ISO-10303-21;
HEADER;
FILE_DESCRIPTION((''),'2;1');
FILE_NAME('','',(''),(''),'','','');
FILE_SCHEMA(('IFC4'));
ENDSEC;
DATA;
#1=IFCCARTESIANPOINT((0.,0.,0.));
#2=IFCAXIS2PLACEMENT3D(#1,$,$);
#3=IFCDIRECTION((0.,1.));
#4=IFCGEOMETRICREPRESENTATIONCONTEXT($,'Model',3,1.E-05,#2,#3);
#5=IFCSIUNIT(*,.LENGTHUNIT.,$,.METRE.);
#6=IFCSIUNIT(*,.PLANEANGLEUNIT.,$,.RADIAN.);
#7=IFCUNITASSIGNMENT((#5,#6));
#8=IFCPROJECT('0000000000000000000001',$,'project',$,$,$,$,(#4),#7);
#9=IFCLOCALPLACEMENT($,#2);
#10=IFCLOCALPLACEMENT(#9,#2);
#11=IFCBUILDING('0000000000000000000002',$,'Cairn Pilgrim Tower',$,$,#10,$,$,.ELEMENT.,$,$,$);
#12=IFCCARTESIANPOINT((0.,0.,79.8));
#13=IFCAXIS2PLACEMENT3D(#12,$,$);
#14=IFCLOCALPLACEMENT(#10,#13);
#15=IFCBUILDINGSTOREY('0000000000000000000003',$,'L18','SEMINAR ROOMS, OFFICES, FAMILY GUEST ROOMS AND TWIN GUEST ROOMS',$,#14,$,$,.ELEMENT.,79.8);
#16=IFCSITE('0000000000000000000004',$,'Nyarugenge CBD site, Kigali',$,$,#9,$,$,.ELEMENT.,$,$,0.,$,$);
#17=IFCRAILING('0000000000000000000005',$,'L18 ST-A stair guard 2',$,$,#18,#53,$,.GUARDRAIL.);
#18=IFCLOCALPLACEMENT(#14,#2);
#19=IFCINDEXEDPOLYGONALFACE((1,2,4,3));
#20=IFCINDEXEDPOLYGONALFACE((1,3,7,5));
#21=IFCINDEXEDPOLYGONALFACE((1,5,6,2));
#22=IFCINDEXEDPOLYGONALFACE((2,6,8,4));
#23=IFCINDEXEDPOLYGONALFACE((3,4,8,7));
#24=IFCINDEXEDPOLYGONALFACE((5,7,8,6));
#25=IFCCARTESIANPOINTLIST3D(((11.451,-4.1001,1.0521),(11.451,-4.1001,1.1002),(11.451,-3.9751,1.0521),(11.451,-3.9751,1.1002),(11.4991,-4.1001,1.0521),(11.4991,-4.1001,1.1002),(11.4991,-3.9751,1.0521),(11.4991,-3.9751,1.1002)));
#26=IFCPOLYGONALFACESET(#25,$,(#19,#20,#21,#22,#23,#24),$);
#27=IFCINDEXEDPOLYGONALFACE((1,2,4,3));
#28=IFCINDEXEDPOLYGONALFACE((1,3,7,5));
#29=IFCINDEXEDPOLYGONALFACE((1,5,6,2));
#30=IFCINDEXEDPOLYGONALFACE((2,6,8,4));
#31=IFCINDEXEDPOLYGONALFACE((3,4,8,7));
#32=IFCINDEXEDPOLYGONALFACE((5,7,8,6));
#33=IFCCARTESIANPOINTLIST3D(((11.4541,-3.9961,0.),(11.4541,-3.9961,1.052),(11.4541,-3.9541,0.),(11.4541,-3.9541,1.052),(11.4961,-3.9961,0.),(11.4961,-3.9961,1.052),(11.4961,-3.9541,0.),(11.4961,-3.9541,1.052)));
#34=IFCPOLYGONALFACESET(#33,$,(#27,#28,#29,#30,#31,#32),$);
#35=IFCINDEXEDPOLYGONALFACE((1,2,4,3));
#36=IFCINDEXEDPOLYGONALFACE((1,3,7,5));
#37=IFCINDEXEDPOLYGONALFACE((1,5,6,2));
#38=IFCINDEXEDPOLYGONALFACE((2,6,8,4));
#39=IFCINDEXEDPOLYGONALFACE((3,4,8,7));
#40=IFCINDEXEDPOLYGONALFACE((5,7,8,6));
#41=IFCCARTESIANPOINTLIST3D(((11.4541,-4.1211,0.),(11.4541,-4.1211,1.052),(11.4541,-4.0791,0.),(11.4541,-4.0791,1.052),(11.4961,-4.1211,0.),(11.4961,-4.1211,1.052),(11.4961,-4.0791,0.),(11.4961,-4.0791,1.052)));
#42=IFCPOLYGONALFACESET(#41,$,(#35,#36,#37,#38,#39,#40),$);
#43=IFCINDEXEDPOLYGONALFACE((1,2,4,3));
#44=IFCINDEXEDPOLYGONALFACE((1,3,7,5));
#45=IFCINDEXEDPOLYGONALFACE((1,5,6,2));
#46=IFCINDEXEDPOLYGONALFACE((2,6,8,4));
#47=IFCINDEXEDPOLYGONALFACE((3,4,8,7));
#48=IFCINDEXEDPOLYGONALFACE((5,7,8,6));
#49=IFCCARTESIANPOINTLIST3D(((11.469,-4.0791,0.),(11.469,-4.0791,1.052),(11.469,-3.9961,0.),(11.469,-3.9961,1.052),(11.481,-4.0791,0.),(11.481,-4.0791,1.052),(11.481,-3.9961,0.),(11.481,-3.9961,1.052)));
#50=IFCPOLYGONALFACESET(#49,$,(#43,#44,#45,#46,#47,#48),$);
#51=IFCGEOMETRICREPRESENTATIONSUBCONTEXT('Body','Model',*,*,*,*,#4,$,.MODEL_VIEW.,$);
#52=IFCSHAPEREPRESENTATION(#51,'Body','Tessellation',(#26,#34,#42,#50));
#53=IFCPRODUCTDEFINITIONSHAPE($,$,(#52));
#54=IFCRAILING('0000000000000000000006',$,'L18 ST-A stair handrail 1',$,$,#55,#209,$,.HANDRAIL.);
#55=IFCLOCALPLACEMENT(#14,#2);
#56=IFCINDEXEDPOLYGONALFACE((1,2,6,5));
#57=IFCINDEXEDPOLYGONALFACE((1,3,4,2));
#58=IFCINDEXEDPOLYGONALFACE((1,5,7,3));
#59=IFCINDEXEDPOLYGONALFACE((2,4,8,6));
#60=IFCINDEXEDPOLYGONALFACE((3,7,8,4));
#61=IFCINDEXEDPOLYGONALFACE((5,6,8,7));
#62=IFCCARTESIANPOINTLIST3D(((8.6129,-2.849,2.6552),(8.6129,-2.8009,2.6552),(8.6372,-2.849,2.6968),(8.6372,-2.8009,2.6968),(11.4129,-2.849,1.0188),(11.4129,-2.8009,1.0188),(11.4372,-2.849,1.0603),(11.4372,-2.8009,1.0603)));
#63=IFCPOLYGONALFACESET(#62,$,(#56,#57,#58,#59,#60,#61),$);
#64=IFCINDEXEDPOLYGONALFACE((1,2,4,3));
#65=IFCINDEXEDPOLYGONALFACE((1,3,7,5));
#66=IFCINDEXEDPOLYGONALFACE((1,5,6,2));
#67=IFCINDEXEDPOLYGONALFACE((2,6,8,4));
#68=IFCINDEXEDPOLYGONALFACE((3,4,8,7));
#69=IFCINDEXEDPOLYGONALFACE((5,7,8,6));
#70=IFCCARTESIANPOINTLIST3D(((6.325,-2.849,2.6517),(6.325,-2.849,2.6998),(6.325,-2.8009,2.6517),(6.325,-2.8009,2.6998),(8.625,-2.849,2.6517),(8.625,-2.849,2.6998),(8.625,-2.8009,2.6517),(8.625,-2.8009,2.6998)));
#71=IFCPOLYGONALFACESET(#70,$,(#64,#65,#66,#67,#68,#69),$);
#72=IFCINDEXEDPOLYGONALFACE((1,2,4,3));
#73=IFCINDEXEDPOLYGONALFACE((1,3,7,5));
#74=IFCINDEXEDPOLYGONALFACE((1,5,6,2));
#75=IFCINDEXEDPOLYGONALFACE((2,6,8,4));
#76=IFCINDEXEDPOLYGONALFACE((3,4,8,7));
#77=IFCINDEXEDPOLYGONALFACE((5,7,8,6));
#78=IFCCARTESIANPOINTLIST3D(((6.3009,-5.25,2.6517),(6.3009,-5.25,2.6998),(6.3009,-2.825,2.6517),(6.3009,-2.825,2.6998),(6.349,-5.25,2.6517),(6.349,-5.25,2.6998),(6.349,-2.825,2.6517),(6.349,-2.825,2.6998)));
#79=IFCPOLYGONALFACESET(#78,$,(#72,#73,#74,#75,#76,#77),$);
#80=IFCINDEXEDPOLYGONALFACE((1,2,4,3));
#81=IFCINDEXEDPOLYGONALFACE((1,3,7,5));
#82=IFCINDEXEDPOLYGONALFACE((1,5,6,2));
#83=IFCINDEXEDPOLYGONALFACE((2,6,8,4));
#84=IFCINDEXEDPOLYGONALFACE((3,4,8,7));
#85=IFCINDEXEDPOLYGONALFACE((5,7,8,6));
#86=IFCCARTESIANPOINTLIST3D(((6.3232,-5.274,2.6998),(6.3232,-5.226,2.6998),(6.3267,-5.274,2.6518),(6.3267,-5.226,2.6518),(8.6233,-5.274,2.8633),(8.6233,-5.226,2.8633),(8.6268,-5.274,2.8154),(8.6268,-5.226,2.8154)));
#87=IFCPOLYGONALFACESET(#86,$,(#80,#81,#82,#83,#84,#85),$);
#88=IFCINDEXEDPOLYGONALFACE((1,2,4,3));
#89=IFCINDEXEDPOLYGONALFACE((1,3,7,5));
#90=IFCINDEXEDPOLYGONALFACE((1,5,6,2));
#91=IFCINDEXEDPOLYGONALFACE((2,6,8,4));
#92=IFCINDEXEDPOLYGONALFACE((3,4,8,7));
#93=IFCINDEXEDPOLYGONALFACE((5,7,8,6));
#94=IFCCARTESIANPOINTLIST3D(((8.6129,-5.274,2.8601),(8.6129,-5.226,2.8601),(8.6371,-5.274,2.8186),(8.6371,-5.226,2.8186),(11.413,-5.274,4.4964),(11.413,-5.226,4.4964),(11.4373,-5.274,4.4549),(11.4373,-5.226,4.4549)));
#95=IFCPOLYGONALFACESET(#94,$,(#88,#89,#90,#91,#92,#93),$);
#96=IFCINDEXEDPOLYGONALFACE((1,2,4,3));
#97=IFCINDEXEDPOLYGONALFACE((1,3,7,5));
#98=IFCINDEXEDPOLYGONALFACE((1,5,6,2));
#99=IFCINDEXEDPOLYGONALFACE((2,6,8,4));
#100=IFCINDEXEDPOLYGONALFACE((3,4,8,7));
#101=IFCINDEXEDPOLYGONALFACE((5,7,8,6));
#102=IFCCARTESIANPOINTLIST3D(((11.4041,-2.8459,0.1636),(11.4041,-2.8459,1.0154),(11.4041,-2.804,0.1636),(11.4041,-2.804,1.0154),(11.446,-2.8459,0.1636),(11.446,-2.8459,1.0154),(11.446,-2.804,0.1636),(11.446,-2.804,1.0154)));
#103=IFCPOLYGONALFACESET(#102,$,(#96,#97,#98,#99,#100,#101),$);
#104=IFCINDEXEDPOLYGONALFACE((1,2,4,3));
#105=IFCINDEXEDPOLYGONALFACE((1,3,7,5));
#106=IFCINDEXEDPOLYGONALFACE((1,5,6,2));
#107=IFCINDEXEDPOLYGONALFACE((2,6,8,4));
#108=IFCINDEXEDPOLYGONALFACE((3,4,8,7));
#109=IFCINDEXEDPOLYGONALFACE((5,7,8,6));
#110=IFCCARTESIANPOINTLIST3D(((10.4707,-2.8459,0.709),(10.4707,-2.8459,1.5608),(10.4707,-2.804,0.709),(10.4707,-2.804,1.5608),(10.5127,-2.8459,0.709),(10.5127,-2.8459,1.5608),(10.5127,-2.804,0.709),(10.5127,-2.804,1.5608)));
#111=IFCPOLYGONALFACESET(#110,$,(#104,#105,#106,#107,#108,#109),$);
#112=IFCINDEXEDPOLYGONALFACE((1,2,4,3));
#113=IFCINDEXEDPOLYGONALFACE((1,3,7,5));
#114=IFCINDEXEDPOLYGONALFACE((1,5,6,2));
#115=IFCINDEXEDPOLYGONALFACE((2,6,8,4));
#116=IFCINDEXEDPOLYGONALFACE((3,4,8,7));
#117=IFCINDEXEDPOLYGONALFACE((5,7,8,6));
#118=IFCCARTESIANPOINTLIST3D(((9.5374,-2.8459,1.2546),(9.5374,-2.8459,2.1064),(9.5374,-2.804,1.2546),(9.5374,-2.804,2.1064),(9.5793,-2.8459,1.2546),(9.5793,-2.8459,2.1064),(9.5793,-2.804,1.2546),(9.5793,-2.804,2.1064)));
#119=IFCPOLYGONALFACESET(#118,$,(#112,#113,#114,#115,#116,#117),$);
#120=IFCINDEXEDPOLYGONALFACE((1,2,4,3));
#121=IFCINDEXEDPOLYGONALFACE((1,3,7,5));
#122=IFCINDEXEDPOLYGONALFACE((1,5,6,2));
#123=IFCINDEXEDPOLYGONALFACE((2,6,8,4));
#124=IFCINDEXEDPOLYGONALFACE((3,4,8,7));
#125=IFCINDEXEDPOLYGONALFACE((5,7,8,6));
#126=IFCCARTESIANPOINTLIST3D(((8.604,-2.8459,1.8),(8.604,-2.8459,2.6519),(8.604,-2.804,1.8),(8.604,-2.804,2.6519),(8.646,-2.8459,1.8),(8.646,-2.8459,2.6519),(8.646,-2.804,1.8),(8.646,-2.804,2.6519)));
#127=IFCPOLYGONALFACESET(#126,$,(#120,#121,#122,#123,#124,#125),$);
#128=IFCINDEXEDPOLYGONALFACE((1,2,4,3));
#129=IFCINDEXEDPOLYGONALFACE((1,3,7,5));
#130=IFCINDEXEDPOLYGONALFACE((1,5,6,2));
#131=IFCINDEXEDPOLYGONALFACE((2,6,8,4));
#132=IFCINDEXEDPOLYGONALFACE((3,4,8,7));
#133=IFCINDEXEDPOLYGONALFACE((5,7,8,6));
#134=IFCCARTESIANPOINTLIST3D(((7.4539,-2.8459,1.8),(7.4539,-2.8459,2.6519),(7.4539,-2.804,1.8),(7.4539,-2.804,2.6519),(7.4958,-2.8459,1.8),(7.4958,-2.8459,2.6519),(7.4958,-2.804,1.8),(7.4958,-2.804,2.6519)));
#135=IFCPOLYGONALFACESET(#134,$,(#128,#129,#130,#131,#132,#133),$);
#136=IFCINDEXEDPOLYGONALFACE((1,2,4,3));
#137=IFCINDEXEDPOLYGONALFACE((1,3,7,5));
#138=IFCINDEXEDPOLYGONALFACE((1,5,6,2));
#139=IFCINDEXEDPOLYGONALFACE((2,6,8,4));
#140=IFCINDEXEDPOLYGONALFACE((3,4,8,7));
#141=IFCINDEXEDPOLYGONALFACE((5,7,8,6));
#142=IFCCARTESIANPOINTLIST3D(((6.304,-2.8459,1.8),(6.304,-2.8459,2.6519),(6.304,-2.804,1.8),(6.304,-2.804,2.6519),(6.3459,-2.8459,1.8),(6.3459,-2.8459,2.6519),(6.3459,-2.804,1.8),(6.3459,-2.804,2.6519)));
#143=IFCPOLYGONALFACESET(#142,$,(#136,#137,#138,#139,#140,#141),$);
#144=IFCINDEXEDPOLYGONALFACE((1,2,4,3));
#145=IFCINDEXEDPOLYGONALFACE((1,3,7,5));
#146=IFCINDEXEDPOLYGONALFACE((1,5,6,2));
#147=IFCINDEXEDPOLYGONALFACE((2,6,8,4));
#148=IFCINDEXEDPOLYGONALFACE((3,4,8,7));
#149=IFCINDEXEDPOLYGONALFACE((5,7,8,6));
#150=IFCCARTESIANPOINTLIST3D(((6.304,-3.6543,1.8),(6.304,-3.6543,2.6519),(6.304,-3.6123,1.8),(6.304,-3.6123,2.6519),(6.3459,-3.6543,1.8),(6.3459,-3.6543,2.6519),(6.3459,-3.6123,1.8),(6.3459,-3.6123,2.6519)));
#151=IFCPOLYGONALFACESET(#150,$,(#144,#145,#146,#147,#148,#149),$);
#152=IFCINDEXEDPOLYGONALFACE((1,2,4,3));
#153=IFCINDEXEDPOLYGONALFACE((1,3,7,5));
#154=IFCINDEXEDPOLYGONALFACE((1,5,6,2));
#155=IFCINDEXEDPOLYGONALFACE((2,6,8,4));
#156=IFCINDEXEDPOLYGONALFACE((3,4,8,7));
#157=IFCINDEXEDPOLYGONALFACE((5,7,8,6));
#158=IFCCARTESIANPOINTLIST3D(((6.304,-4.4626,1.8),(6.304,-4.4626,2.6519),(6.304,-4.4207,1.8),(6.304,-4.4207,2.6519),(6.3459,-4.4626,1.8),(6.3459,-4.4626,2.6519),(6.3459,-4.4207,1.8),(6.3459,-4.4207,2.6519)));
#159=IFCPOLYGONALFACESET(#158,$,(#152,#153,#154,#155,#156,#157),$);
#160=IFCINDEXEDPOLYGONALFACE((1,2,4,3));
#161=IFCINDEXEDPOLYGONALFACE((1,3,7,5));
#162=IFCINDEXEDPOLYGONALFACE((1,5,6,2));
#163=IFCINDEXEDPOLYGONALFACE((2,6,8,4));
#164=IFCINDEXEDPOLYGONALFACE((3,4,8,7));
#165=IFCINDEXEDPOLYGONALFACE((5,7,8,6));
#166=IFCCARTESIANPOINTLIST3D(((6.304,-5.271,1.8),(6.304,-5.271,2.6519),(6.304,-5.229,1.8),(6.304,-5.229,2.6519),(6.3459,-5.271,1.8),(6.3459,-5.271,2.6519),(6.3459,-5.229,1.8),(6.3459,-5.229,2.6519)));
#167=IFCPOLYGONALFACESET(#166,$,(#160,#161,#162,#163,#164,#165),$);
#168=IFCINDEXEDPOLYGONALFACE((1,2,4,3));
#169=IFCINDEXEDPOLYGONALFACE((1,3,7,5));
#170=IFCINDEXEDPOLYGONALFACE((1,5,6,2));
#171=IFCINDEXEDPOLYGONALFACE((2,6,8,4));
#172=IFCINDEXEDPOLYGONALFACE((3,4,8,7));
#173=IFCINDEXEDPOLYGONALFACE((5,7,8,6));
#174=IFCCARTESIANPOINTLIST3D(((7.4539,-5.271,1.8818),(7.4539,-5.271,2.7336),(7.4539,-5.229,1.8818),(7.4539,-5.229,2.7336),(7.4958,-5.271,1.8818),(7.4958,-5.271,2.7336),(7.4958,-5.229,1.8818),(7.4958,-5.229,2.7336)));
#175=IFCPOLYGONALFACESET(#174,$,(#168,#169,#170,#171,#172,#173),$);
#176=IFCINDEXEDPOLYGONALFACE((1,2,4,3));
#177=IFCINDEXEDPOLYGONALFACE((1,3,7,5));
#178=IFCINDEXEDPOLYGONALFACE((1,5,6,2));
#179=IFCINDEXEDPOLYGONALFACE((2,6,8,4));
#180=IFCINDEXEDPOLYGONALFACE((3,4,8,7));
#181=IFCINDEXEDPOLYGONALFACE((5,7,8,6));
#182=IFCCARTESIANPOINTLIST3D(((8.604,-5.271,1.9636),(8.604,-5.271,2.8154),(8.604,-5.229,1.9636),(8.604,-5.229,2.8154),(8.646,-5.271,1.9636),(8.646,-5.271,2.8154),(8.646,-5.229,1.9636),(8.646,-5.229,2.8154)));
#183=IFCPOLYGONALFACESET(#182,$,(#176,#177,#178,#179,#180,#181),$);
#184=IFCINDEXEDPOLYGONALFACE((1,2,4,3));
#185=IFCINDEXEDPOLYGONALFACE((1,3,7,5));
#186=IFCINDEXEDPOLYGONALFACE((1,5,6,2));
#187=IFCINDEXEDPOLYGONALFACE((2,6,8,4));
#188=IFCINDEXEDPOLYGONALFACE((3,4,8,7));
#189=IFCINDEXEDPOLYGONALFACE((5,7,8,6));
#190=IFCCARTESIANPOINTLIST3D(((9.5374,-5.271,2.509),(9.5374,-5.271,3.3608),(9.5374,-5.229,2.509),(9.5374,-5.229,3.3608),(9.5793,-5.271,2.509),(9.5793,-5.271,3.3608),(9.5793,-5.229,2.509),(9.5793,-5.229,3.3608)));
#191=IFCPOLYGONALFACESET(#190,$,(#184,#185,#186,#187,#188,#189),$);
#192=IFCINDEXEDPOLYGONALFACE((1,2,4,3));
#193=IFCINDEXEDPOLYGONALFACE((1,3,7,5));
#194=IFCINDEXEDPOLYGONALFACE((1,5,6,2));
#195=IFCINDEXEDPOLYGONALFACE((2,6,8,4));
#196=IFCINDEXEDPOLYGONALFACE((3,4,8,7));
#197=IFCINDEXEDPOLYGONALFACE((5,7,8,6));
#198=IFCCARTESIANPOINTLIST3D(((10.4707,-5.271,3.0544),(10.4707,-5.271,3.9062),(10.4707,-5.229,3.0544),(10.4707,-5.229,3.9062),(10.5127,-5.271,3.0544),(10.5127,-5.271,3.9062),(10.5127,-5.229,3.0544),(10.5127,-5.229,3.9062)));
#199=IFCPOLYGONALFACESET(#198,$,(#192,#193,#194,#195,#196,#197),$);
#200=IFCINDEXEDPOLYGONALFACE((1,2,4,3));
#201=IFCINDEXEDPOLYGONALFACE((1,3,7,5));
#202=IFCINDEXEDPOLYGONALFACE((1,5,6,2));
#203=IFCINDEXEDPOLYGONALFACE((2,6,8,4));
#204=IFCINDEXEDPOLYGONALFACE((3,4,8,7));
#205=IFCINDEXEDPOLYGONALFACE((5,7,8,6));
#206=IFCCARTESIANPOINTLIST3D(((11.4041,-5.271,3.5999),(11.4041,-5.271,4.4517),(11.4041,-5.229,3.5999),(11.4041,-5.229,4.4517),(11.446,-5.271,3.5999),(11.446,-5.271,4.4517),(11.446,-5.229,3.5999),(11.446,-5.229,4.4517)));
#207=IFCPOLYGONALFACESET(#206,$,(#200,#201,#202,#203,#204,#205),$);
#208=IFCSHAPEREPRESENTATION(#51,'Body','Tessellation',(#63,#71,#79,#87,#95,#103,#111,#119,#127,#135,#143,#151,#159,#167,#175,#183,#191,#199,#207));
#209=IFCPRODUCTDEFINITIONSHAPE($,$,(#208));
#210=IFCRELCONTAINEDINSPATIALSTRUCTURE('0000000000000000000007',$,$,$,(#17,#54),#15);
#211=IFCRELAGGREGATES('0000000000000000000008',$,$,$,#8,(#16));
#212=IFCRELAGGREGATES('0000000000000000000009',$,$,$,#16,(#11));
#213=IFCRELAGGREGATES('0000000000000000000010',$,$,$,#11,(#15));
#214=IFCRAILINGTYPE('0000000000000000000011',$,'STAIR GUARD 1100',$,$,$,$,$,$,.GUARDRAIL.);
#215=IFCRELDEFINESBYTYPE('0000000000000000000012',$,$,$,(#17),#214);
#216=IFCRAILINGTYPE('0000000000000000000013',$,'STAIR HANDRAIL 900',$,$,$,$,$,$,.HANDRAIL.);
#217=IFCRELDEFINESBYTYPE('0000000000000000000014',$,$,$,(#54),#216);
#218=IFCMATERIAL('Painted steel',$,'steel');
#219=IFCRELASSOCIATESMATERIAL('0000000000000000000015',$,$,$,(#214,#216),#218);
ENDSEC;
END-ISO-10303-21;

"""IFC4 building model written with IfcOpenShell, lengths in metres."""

from ifc_helpers import new_model, si_unit, direction, frame, origin, origin_2d, place, context, subcontext, project, spatial, polyline, rectangle, outline, extrude, material, type_object, element, save


model = new_model("IFC4")

# Units and contexts
model_context = context("Model", 3, precision=1e-05, world=origin(), true_north=direction((0.0, 1.0)))
body_context = subcontext(model_context, "Body", "Model", "MODEL_VIEW")
ifc_project = project(units=[si_unit("LENGTHUNIT", "METRE"), si_unit("PLANEANGLEUNIT", "RADIAN")], contexts=[model_context])

# Site, building, storey
site_placement = place(None, origin())
site = spatial("IfcSite", under=ifc_project, at=site_placement, Name="Nyarugenge CBD site, Kigali", CompositionType="ELEMENT", RefElevation=0.0)
building_placement = place(site_placement, origin())
building = spatial("IfcBuilding", under=site, at=building_placement, Name="Cairn Pilgrim Tower", CompositionType="ELEMENT")
storey_placement = place(building_placement, frame((0.0, 0.0, 79.8)))
storey = spatial("IfcBuildingStorey", under=building, at=storey_placement, Name="L18", Description="SEMINAR ROOMS, OFFICES, FAMILY GUEST ROOMS AND TWIN GUEST ROOMS", CompositionType="ELEMENT", Elevation=79.8)

# Shared definitions
ifc_material_1 = material(Name="Painted steel", Category="steel")

# Railings
railing_type_1 = type_object("IfcRailingType", Name="STAIR GUARD 1100", PredefinedType="GUARDRAIL", material=ifc_material_1)
railing_1_placement = place(storey_placement, frame((11.4751, -3.9751, 0.0)))
element("IfcRailing", 1, at=railing_1_placement, inside=storey, type_object=railing_type_1, Name="L18 ST-A stair guard 2", PredefinedType="GUARDRAIL", context=body_context, shape_type="SweptSolid", body=[
    extrude(rectangle(XDim=0.0481, YDim=0.0481, at=origin_2d()), frame((0.0, 0.0, 1.0762), z_axis=(0.0, -1.0, 0.0), x_axis=(1.0, 0.0, 0.0)), (0.0, 0.0, 1.0), 0.125),
    extrude(rectangle(XDim=0.042, YDim=0.042, at=origin_2d()), origin(), (0.0, 0.0, 1.0), 1.052),
    extrude(rectangle(XDim=0.042, YDim=0.042, at=origin_2d()), frame((0.0, -0.125, 0.0)), (0.0, 0.0, 1.0), 1.052),
    extrude(outline(polyline([(0.021, 0.0), (0.104, 0.0), (0.104, 1.052), (0.021, 1.052), (0.021, 0.0)])), frame((0.0059, 0.0, 0.0), z_axis=(-1.0, 0.0, 0.0), x_axis=(0.0, -1.0, 0.0)), (0.0, 0.0, 1.0), 0.012),
])
railing_type_2 = type_object("IfcRailingType", Name="STAIR HANDRAIL 900", PredefinedType="HANDRAIL", material=ifc_material_1)
railing_2_placement = place(storey_placement, frame((11.425, -2.825, 0.1636)))
element("IfcRailing", 2, at=railing_2_placement, inside=storey, type_object=railing_type_2, Name="L18 ST-A stair handrail 1", PredefinedType="HANDRAIL", context=body_context, shape_type="SweptSolid", body=[
    extrude(rectangle(XDim=0.0481, YDim=0.0481, at=origin_2d()), frame((0.0, 0.0, 0.876), z_axis=(-0.863361, 0.0, 0.504587), x_axis=(0.0, -1.0, 0.0)), (0.0, 0.0, 1.0), 3.2432),
    extrude(rectangle(XDim=0.0481, YDim=0.0481, at=origin_2d()), frame((-2.8, 0.0, 2.5122), z_axis=(-1.0, 0.0, 0.0), x_axis=(0.0, -1.0, 0.0)), (0.0, 0.0, 1.0), 2.3),
    extrude(rectangle(XDim=0.0481, YDim=0.0481, at=origin_2d()), frame((-5.1001, 0.0, 2.5122), z_axis=(0.0, -1.0, 0.0), x_axis=(1.0, 0.0, 0.0)), (0.0, 0.0, 1.0), 2.425),
    extrude(rectangle(XDim=0.0481, YDim=0.0481, at=origin_2d()), frame((-5.1001, -2.425, 2.5122), z_axis=(0.997481, 0.0, 0.070939), x_axis=(0.0, 1.0, 0.0)), (0.0, 0.0, 1.0), 2.3059),
    extrude(rectangle(XDim=0.0481, YDim=0.0481, at=origin_2d()), frame((-2.8, -2.425, 2.6758), z_axis=(0.863394, 0.0, 0.504531), x_axis=(0.0, 1.0, 0.0)), (0.0, 0.0, 1.0), 3.2432),
    extrude(rectangle(XDim=0.042, YDim=0.042, at=origin_2d()), origin(), (0.0, 0.0, 1.0), 0.8518),
    extrude(rectangle(XDim=0.042, YDim=0.042, at=origin_2d()), frame((-0.9333, 0.0, 0.5454)), (0.0, 0.0, 1.0), 0.8518),
    extrude(rectangle(XDim=0.042, YDim=0.042, at=origin_2d()), frame((-1.8667, 0.0, 1.0911)), (0.0, 0.0, 1.0), 0.8518),
    extrude(rectangle(XDim=0.042, YDim=0.042, at=origin_2d()), frame((-2.8, 0.0, 1.6365)), (0.0, 0.0, 1.0), 0.8518),
    extrude(rectangle(XDim=0.042, YDim=0.042, at=origin_2d()), frame((-3.9502, 0.0, 1.6365)), (0.0, 0.0, 1.0), 0.8518),
    extrude(rectangle(XDim=0.042, YDim=0.042, at=origin_2d()), frame((-5.1001, 0.0, 1.6365)), (0.0, 0.0, 1.0), 0.8518),
    extrude(rectangle(XDim=0.042, YDim=0.042, at=origin_2d()), frame((-5.1001, -0.8083, 1.6365)), (0.0, 0.0, 1.0), 0.8518),
    extrude(rectangle(XDim=0.042, YDim=0.042, at=origin_2d()), frame((-5.1001, -1.6167, 1.6365)), (0.0, 0.0, 1.0), 0.8518),
    extrude(rectangle(XDim=0.042, YDim=0.042, at=origin_2d()), frame((-5.1001, -2.425, 1.6365)), (0.0, 0.0, 1.0), 0.8518),
    extrude(rectangle(XDim=0.042, YDim=0.042, at=origin_2d()), frame((-3.9502, -2.425, 1.7183)), (0.0, 0.0, 1.0), 0.8518),
    extrude(rectangle(XDim=0.042, YDim=0.042, at=origin_2d()), frame((-2.8, -2.425, 1.8)), (0.0, 0.0, 1.0), 0.8518),
    extrude(rectangle(XDim=0.042, YDim=0.042, at=origin_2d()), frame((-1.8667, -2.425, 2.3455)), (0.0, 0.0, 1.0), 0.8518),
    extrude(rectangle(XDim=0.042, YDim=0.042, at=origin_2d()), frame((-0.9333, -2.425, 2.8909)), (0.0, 0.0, 1.0), 0.8518),
    extrude(rectangle(XDim=0.042, YDim=0.042, at=origin_2d()), frame((0.0, -2.425, 3.4363)), (0.0, 0.0, 1.0), 0.8518),
])

save(model, "model.ifc")
